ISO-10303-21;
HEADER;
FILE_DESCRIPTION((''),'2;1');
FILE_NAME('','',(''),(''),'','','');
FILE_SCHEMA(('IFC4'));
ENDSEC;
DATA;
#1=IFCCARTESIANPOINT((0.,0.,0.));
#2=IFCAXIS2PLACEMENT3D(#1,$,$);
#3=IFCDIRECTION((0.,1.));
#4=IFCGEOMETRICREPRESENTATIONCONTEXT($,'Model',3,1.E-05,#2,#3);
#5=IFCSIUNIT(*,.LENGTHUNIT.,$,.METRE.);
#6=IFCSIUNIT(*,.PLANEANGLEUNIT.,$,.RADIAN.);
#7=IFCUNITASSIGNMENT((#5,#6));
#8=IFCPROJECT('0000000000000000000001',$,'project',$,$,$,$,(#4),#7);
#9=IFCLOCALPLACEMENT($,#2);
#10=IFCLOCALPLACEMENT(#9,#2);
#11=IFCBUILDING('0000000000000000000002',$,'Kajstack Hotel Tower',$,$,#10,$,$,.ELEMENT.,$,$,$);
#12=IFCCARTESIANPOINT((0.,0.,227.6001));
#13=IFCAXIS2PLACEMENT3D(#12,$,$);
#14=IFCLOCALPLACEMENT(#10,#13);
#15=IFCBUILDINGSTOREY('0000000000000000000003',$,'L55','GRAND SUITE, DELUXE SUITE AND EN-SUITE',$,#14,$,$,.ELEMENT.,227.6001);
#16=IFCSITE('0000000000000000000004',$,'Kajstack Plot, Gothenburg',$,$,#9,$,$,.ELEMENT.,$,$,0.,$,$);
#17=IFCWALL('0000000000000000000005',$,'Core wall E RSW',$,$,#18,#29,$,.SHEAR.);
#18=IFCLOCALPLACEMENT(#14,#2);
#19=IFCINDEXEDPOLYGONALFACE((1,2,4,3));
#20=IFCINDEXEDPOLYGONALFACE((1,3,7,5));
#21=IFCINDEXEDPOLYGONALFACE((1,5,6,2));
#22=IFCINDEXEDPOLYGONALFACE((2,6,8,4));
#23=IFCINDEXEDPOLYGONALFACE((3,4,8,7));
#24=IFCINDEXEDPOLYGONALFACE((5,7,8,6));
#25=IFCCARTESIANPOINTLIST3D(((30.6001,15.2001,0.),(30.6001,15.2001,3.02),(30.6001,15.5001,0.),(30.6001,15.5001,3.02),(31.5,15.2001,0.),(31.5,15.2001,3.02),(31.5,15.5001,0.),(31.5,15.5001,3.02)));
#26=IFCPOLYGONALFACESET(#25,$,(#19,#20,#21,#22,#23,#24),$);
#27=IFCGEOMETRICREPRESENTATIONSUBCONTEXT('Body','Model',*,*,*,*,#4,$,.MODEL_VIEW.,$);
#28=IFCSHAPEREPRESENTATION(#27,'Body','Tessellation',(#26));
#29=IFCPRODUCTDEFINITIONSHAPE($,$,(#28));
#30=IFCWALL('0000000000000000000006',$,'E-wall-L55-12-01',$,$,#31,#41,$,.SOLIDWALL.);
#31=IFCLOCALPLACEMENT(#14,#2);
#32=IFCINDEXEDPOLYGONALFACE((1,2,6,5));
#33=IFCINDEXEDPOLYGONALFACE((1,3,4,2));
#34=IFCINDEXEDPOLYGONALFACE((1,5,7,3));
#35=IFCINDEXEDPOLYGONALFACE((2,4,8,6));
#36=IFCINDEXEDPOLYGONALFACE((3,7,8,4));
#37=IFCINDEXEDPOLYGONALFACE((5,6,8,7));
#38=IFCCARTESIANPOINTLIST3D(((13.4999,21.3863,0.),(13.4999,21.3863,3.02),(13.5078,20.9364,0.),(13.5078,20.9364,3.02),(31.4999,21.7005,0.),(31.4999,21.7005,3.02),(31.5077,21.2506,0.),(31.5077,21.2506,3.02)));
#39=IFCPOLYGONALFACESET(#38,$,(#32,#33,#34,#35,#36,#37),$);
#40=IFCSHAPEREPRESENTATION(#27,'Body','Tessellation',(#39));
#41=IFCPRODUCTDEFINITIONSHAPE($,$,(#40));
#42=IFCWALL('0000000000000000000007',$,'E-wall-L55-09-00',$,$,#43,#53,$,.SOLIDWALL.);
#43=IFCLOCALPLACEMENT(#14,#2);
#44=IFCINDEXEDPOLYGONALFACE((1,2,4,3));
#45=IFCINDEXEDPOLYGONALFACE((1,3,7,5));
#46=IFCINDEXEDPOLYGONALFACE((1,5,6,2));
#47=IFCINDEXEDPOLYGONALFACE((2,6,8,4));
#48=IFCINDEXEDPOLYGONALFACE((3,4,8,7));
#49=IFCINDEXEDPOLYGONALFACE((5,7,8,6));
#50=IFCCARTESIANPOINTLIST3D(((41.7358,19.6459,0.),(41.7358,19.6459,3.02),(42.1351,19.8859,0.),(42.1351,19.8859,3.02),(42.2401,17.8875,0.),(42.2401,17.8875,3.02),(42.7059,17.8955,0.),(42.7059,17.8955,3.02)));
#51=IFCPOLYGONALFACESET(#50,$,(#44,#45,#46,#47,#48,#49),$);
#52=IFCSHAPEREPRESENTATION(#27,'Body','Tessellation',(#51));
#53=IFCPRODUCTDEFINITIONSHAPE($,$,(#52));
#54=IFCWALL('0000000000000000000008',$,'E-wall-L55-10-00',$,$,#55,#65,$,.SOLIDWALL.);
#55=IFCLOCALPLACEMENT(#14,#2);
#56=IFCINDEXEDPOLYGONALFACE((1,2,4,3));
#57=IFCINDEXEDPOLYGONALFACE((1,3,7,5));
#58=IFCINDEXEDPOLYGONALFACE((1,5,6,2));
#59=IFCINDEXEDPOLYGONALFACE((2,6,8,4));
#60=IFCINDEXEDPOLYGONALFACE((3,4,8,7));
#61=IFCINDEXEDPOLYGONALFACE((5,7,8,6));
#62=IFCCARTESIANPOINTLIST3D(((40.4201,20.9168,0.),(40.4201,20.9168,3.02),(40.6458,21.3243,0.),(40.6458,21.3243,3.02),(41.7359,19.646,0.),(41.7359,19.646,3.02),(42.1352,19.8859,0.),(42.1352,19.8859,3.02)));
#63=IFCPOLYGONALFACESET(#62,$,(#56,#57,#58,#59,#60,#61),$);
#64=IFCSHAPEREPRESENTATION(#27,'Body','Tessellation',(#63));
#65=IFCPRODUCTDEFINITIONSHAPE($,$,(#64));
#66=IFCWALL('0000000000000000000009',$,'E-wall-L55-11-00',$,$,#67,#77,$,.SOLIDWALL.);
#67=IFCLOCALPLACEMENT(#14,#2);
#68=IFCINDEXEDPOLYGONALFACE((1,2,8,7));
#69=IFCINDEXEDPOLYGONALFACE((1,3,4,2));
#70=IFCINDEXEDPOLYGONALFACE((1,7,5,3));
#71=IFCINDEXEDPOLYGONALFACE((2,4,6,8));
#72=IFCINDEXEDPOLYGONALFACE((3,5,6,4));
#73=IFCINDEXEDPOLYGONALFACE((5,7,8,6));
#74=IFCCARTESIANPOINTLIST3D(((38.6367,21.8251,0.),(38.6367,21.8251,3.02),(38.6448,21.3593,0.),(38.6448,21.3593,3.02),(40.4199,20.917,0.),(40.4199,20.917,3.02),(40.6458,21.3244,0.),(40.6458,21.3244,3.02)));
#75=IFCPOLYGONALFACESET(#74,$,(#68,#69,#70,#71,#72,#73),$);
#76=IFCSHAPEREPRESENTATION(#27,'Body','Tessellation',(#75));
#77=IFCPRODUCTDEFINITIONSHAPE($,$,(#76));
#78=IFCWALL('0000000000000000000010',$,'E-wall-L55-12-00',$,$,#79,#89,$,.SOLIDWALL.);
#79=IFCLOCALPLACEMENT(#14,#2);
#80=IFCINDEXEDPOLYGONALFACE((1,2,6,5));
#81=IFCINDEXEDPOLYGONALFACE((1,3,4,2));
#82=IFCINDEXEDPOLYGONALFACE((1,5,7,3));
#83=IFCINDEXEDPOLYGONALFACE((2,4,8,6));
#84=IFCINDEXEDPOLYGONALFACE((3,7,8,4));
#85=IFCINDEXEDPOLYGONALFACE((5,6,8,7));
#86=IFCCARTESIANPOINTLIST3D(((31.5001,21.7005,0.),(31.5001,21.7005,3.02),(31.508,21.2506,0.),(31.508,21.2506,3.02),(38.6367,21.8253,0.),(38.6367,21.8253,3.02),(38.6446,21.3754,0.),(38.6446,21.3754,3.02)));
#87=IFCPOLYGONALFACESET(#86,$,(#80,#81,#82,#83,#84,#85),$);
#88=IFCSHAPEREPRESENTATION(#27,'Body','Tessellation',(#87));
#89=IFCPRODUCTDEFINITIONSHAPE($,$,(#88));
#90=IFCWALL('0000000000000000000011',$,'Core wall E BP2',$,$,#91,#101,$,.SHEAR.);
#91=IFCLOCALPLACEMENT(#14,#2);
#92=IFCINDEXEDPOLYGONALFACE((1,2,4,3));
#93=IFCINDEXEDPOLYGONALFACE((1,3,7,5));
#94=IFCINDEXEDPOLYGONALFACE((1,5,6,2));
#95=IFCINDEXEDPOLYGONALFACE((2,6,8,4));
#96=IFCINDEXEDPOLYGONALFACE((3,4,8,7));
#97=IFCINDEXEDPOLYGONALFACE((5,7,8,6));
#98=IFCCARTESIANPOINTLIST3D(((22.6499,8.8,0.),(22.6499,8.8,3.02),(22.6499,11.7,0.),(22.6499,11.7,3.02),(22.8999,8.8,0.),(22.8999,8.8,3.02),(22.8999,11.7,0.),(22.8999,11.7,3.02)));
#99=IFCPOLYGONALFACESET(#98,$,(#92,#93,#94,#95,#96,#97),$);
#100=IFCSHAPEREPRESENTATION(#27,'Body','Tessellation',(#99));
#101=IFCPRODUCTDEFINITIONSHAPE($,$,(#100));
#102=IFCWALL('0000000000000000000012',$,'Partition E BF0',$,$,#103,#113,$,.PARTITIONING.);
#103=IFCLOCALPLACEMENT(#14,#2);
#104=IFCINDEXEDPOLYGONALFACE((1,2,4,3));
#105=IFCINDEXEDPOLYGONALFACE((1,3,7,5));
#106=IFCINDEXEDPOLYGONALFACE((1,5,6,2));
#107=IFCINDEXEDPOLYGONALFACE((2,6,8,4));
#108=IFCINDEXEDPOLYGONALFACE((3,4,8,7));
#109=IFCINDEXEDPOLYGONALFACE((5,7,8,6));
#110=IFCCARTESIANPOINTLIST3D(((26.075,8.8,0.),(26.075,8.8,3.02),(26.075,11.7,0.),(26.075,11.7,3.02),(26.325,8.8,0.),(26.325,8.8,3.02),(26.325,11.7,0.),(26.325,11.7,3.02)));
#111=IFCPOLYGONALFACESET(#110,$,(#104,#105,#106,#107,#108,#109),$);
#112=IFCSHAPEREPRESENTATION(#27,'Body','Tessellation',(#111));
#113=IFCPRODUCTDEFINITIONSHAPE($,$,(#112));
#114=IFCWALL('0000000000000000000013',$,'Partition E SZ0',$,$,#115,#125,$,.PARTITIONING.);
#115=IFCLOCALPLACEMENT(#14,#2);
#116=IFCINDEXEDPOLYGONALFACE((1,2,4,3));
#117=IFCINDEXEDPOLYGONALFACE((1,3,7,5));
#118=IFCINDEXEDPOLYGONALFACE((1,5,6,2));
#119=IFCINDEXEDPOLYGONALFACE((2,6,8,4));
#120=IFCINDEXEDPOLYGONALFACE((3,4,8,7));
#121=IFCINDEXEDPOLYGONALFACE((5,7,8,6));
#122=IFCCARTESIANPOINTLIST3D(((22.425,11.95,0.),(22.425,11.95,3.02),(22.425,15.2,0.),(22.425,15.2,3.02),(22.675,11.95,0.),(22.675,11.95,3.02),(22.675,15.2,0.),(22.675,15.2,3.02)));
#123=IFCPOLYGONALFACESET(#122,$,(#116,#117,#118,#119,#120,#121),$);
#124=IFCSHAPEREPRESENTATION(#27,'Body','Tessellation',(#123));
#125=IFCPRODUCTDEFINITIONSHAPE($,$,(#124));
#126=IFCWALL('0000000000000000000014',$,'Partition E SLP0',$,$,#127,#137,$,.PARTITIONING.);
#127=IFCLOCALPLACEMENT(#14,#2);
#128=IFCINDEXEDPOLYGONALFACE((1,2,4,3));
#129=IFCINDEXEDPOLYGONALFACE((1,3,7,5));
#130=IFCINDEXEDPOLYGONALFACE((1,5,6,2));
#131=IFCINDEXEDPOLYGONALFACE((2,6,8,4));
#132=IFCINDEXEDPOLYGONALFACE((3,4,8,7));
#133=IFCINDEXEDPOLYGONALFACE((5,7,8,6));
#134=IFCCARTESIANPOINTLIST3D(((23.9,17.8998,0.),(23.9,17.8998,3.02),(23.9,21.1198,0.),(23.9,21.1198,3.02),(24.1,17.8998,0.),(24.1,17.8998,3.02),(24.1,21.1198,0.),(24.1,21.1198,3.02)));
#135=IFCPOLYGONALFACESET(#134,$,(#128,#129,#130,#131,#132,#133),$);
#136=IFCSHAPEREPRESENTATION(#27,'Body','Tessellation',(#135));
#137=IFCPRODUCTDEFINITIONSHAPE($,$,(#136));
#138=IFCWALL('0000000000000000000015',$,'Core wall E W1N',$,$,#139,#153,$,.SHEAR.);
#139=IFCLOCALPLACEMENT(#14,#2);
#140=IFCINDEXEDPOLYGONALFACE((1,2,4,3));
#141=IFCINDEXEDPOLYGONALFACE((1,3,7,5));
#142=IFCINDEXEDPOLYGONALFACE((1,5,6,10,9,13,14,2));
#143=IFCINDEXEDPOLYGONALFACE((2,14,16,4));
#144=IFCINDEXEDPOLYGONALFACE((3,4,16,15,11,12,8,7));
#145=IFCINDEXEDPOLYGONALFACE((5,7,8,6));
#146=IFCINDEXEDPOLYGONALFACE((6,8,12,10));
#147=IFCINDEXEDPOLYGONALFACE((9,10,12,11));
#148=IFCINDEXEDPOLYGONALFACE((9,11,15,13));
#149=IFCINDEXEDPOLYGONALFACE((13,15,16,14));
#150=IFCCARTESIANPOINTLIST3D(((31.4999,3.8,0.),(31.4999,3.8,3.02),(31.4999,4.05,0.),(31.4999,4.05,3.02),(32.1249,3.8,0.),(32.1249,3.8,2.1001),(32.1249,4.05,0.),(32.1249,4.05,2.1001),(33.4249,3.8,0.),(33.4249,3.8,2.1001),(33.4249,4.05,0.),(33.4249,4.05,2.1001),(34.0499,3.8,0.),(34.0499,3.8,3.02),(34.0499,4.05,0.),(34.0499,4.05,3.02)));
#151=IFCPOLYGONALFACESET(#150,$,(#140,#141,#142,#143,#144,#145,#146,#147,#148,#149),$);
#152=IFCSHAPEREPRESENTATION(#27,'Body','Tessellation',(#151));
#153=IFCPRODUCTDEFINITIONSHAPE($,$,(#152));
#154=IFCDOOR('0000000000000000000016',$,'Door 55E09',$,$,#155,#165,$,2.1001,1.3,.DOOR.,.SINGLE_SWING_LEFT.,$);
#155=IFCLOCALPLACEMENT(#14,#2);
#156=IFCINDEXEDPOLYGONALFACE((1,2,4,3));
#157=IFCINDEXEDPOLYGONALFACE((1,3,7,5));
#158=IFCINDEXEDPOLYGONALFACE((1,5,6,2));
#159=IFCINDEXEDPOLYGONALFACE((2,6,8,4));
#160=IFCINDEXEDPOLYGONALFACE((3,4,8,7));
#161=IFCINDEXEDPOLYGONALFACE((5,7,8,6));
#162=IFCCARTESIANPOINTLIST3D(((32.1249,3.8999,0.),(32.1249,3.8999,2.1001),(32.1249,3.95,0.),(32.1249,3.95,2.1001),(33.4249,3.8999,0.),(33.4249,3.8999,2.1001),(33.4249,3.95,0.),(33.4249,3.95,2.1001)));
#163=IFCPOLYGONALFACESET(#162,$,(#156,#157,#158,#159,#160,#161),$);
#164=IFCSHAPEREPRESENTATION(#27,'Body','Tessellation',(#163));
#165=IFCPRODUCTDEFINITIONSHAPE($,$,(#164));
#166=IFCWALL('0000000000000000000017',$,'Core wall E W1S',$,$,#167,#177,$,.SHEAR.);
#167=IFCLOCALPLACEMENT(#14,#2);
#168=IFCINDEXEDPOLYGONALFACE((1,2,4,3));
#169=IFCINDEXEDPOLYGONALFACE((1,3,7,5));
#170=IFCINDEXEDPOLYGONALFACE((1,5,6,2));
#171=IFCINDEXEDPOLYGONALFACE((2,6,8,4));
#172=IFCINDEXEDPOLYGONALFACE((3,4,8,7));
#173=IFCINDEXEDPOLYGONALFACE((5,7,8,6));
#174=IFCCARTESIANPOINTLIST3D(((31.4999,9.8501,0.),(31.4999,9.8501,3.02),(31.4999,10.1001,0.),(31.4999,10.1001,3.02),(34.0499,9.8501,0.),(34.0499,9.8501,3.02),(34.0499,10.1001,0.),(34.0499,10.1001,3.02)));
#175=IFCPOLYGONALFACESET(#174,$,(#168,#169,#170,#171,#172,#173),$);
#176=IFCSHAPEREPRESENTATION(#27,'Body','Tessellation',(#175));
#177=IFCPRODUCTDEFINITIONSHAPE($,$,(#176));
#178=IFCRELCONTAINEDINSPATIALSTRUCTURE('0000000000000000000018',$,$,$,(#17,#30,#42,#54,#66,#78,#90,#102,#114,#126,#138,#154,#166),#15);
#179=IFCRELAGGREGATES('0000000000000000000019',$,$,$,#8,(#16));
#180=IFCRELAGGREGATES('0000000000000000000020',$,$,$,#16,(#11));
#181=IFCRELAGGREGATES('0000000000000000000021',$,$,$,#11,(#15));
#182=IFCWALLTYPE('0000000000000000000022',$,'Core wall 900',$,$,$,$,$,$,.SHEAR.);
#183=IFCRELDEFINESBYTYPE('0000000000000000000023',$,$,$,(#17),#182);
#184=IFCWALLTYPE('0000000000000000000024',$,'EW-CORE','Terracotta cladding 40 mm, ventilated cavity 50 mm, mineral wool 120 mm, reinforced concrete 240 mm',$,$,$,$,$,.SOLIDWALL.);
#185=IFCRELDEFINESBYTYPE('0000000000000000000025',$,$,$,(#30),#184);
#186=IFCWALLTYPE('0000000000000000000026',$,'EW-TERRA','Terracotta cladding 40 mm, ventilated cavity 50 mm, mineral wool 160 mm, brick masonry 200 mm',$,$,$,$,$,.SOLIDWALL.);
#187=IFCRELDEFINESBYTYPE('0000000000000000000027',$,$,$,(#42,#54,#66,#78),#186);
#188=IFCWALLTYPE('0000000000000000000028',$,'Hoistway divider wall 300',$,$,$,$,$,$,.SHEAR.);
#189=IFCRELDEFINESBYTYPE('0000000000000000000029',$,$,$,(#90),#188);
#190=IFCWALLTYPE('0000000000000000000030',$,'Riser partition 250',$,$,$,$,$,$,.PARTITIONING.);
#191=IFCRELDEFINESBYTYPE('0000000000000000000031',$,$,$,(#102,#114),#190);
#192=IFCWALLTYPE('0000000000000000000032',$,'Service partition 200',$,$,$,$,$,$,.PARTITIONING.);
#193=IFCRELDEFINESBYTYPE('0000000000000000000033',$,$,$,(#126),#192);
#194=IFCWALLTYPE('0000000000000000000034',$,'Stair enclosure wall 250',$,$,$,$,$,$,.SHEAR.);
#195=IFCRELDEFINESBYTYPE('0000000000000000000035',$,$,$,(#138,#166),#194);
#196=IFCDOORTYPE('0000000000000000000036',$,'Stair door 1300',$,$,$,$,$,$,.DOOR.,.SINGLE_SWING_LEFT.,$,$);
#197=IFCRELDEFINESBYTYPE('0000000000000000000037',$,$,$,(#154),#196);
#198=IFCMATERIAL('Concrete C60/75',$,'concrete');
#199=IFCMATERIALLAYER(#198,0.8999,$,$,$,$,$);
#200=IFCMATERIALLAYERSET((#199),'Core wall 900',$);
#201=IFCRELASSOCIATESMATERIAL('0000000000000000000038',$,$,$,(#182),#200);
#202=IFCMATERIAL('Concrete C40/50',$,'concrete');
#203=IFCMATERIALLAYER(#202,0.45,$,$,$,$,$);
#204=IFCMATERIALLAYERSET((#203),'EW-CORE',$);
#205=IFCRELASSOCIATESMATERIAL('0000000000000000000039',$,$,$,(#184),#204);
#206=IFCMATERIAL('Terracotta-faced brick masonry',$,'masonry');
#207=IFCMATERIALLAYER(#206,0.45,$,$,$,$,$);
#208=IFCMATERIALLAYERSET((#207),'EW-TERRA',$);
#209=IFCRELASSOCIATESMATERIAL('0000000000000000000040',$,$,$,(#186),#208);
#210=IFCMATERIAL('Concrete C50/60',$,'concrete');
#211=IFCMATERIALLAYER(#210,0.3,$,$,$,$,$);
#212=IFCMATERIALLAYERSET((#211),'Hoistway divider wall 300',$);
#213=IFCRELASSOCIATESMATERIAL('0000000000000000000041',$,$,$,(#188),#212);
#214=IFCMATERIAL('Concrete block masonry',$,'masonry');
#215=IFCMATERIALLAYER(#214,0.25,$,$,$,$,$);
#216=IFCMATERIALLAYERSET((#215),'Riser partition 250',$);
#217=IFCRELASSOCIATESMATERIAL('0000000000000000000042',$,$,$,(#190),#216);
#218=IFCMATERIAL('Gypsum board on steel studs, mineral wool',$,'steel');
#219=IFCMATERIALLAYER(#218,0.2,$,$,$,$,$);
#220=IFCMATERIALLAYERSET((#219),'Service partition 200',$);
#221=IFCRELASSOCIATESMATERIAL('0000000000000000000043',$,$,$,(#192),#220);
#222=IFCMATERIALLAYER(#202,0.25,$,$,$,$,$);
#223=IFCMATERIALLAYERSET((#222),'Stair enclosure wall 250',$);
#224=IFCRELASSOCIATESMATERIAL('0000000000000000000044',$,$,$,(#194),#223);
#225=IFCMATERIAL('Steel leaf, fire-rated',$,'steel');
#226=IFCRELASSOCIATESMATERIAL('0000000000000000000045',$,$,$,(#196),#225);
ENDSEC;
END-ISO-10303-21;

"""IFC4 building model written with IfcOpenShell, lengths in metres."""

from ifc_helpers import new_model, si_unit, direction, frame, frame_2d, origin, place, context, subcontext, project, spatial, polyline, rectangle, outline, extrude, material, layer, layer_set, type_object, element, fill, save


model = new_model("IFC4")

# Units and contexts
model_context = context("Model", 3, precision=1e-05, world=origin(), true_north=direction((0.0, 1.0)))
body_context = subcontext(model_context, "Body", "Model", "MODEL_VIEW")
ifc_project = project(units=[si_unit("LENGTHUNIT", "METRE"), si_unit("PLANEANGLEUNIT", "RADIAN")], contexts=[model_context])

# Site, building, storey
site_placement = place(None, origin())
site = spatial("IfcSite", under=ifc_project, at=site_placement, Name="Kajstack Plot, Gothenburg", CompositionType="ELEMENT", RefElevation=0.0)
building_placement = place(site_placement, origin())
building = spatial("IfcBuilding", under=site, at=building_placement, Name="Kajstack Hotel Tower", CompositionType="ELEMENT")
storey_placement = place(building_placement, frame((0.0, 0.0, 227.6001)))
storey = spatial("IfcBuildingStorey", under=building, at=storey_placement, Name="L55", Description="GRAND SUITE, DELUXE SUITE AND EN-SUITE", CompositionType="ELEMENT", Elevation=227.6001)

# Walls
ifc_material_1 = material(Name="Concrete C60/75", Category="concrete")
ifc_layer_1 = layer(ifc_material_1, 0.8999)
ifc_layer_set_1 = layer_set([ifc_layer_1], Name="Core wall 900")
wall_type_1 = type_object("IfcWallType", Name="Core wall 900", PredefinedType="SHEAR", material=ifc_layer_set_1)
wall_1_placement = place(storey_placement, frame((30.6001, 15.3501, 0.0), z_axis=(0.0, 0.0, 1.0), x_axis=(1.0, 0.0, 0.0)))
element("IfcWall", 1, at=wall_1_placement, inside=storey, type_object=wall_type_1, Name="Core wall E RSW", PredefinedType="SHEAR", context=body_context, shape_type="SweptSolid", body=[
    extrude(rectangle(XDim=0.8999, YDim=0.3, at=frame_2d((0.45, 0.0))), origin(), (0.0, 0.0, 1.0), 3.02),
])
ifc_material_2 = material(Name="Concrete C40/50", Category="concrete")
ifc_layer_2 = layer(ifc_material_2, 0.45)
ifc_layer_set_2 = layer_set([ifc_layer_2], Name="EW-CORE")
wall_type_2 = type_object("IfcWallType", Name="EW-CORE", Description="Terracotta cladding 40 mm, ventilated cavity 50 mm, mineral wool 120 mm, reinforced concrete 240 mm", PredefinedType="SOLIDWALL", material=ifc_layer_set_2)
wall_2_placement = place(storey_placement, frame((31.5039, 21.4756, 0.0), z_axis=(0.0, 0.0, 1.0), x_axis=(-0.999848, -0.017453, 0.0)))
element("IfcWall", 2, at=wall_2_placement, inside=storey, type_object=wall_type_2, Name="E-wall-L55-12-01", PredefinedType="SOLIDWALL", context=body_context, shape_type="SweptSolid", body=[
    extrude(rectangle(XDim=18.0027, YDim=0.45, at=frame_2d((9.0015, 0.0))), origin(), (0.0, 0.0, 1.0), 3.02),
])
ifc_material_3 = material(Name="Terracotta-faced brick masonry", Category="masonry")
ifc_layer_3 = layer(ifc_material_3, 0.45)
ifc_layer_set_3 = layer_set([ifc_layer_3], Name="EW-TERRA")
wall_type_3 = type_object("IfcWallType", Name="EW-TERRA", Description="Terracotta cladding 40 mm, ventilated cavity 50 mm, mineral wool 160 mm, brick masonry 200 mm", PredefinedType="SOLIDWALL", material=ifc_layer_set_3)
wall_3_placement = place(storey_placement, frame((42.4895, 17.8335, 0.0), z_axis=(0.0, 0.0, 1.0), x_axis=(-0.275546, 0.961288, 0.0)))
element("IfcWall", 3, at=wall_3_placement, inside=storey, type_object=wall_type_3, Name="E-wall-L55-09-00", PredefinedType="SOLIDWALL", context=body_context, shape_type="SweptSolid", body=[
    extrude(outline(polyline([(0.0, -0.2251), (2.0706, -0.2249), (1.95, 0.2251), (0.1206, 0.2249), (0.0, -0.2251)])), origin(), (0.0, 0.0, 1.0), 3.02),
])
wall_4_placement = place(storey_placement, frame((41.979, 19.7241, 0.0), z_axis=(0.0, 0.0, 1.0), x_axis=(-0.719379, 0.694618, 0.0)))
element("IfcWall", 4, at=wall_4_placement, inside=storey, type_object=wall_type_3, Name="E-wall-L55-10-00", PredefinedType="SOLIDWALL", context=body_context, shape_type="SweptSolid", body=[
    extrude(outline(polyline([(0.0, -0.2249), (2.0706, -0.2251), (1.95, 0.2249), (0.1206, 0.2251), (0.0, -0.2249)])), origin(), (0.0, 0.0, 1.0), 3.02),
])
wall_5_placement = place(storey_placement, frame((40.5913, 21.106, 0.0), z_axis=(0.0, 0.0, 1.0), x_axis=(-0.970288, 0.241953, 0.0)))
element("IfcWall", 5, at=wall_5_placement, inside=storey, type_object=wall_type_3, Name="E-wall-L55-11-00", PredefinedType="SOLIDWALL", context=body_context, shape_type="SweptSolid", body=[
    extrude(outline(polyline([(0.0, -0.2251), (2.0706, -0.2249), (1.95, 0.2251), (0.1206, 0.2249), (0.0, -0.2251)])), origin(), (0.0, 0.0, 1.0), 3.02),
])
wall_6_placement = place(storey_placement, frame((38.6406, 21.6003, 0.0), z_axis=(0.0, 0.0, 1.0), x_axis=(-0.999847, -0.017478, 0.0)))
element("IfcWall", 6, at=wall_6_placement, inside=storey, type_object=wall_type_3, Name="E-wall-L55-12-00", PredefinedType="SOLIDWALL", context=body_context, shape_type="SweptSolid", body=[
    extrude(rectangle(XDim=7.1377, YDim=0.45, at=frame_2d((3.5688, 0.0))), origin(), (0.0, 0.0, 1.0), 3.02),
])
ifc_material_4 = material(Name="Concrete C50/60", Category="concrete")
ifc_layer_4 = layer(ifc_material_4, 0.3)
ifc_layer_set_4 = layer_set([ifc_layer_4], Name="Hoistway divider wall 300")
wall_type_4 = type_object("IfcWallType", Name="Hoistway divider wall 300", PredefinedType="SHEAR", material=ifc_layer_set_4)
wall_7_placement = place(storey_placement, frame((22.7749, 8.8, 0.0), z_axis=(0.0, 0.0, 1.0), x_axis=(0.0, 1.0, 0.0)))
element("IfcWall", 7, at=wall_7_placement, inside=storey, type_object=wall_type_4, Name="Core wall E BP2", PredefinedType="SHEAR", context=body_context, shape_type="SweptSolid", body=[
    extrude(rectangle(XDim=2.8999, YDim=0.25, at=frame_2d((1.45, 0.0))), origin(), (0.0, 0.0, 1.0), 3.02),
])
ifc_material_5 = material(Name="Concrete block masonry", Category="masonry")
ifc_layer_5 = layer(ifc_material_5, 0.25)
ifc_layer_set_5 = layer_set([ifc_layer_5], Name="Riser partition 250")
wall_type_5 = type_object("IfcWallType", Name="Riser partition 250", PredefinedType="PARTITIONING", material=ifc_layer_set_5)
wall_8_placement = place(storey_placement, frame((26.2, 8.8, 0.0), z_axis=(0.0, 0.0, 1.0), x_axis=(0.0, 1.0, 0.0)))
element("IfcWall", 8, at=wall_8_placement, inside=storey, type_object=wall_type_5, Name="Partition E BF0", PredefinedType="PARTITIONING", context=body_context, shape_type="SweptSolid", body=[
    extrude(rectangle(XDim=2.8999, YDim=0.25, at=frame_2d((1.45, 0.0))), origin(), (0.0, 0.0, 1.0), 3.02),
])
wall_9_placement = place(storey_placement, frame((22.55, 11.95, 0.0), z_axis=(0.0, 0.0, 1.0), x_axis=(0.0, 1.0, 0.0)))
element("IfcWall", 9, at=wall_9_placement, inside=storey, type_object=wall_type_5, Name="Partition E SZ0", PredefinedType="PARTITIONING", context=body_context, shape_type="SweptSolid", body=[
    extrude(rectangle(XDim=3.25, YDim=0.25, at=frame_2d((1.625, 0.0))), origin(), (0.0, 0.0, 1.0), 3.02),
])
ifc_material_6 = material(Name="Gypsum board on steel studs, mineral wool", Category="steel")
ifc_layer_6 = layer(ifc_material_6, 0.2)
ifc_layer_set_6 = layer_set([ifc_layer_6], Name="Service partition 200")
wall_type_6 = type_object("IfcWallType", Name="Service partition 200", PredefinedType="PARTITIONING", material=ifc_layer_set_6)
wall_10_placement = place(storey_placement, frame((24.0, 17.8999, 0.0), z_axis=(0.0, 0.0, 1.0), x_axis=(0.0, 1.0, 0.0)))
element("IfcWall", 10, at=wall_10_placement, inside=storey, type_object=wall_type_6, Name="Partition E SLP0", PredefinedType="PARTITIONING", context=body_context, shape_type="SweptSolid", body=[
    extrude(rectangle(XDim=3.22, YDim=0.2, at=frame_2d((1.6099, 0.0))), origin(), (0.0, 0.0, 1.0), 3.02),
])

# Wall, opening, door
ifc_layer_7 = layer(ifc_material_2, 0.25)
ifc_layer_set_7 = layer_set([ifc_layer_7], Name="Stair enclosure wall 250")
wall_type_7 = type_object("IfcWallType", Name="Stair enclosure wall 250", PredefinedType="SHEAR", material=ifc_layer_set_7)
wall_11_placement = place(storey_placement, frame((31.5, 3.925, 0.0), z_axis=(0.0, 0.0, 1.0), x_axis=(1.0, 0.0, 0.0)))
wall_11 = element("IfcWall", 11, at=wall_11_placement, inside=storey, type_object=wall_type_7, Name="Core wall E W1N", PredefinedType="SHEAR", context=body_context, shape_type="SweptSolid", body=[
    extrude(rectangle(XDim=2.55, YDim=0.25, at=frame_2d((1.2749, 0.0))), origin(), (0.0, 0.0, 1.0), 3.02),
])
opening_placement = place(wall_11_placement, frame((0.625, 0.0, 0.0)))
opening = element("IfcOpeningElement", 12, at=opening_placement, cuts=wall_11, PredefinedType="OPENING", context=body_context, shape_type="SweptSolid", body=[
    extrude(rectangle(XDim=1.3, YDim=2.1001, at=frame_2d((0.6499, 1.05))), frame((0.0, 0.135, 0.0), z_axis=(0.0, -1.0, 0.0), x_axis=(1.0, 0.0, 0.0)), (0.0, 0.0, 1.0), 0.27),
])
ifc_material_7 = material(Name="Steel leaf, fire-rated", Category="steel")
door_type = type_object("IfcDoorType", Name="Stair door 1300", OperationType="SINGLE_SWING_LEFT", PredefinedType="DOOR", material=ifc_material_7)
door_placement = place(opening_placement, origin())
door = element("IfcDoor", 13, at=door_placement, inside=storey, type_object=door_type, Name="Door 55E09", OperationType="SINGLE_SWING_LEFT", OverallHeight=2.1001, OverallWidth=1.3, PredefinedType="DOOR", context=body_context, shape_type="SweptSolid", body=[
    extrude(rectangle(XDim=1.3, YDim=2.1001, at=frame_2d((0.6499, 1.05))), frame((0.0, 0.0249, 0.0), z_axis=(0.0, -1.0, 0.0), x_axis=(1.0, 0.0, 0.0)), (0.0, 0.0, 1.0), 0.05),
])
fill(opening, door)

# Wall
wall_12_placement = place(storey_placement, frame((31.5, 9.9751, 0.0), z_axis=(0.0, 0.0, 1.0), x_axis=(1.0, 0.0, 0.0)))
element("IfcWall", 14, at=wall_12_placement, inside=storey, type_object=wall_type_7, Name="Core wall E W1S", PredefinedType="SHEAR", context=body_context, shape_type="SweptSolid", body=[
    extrude(rectangle(XDim=2.55, YDim=0.25, at=frame_2d((1.2749, 0.0))), origin(), (0.0, 0.0, 1.0), 3.02),
])

save(model, "model.ifc")
